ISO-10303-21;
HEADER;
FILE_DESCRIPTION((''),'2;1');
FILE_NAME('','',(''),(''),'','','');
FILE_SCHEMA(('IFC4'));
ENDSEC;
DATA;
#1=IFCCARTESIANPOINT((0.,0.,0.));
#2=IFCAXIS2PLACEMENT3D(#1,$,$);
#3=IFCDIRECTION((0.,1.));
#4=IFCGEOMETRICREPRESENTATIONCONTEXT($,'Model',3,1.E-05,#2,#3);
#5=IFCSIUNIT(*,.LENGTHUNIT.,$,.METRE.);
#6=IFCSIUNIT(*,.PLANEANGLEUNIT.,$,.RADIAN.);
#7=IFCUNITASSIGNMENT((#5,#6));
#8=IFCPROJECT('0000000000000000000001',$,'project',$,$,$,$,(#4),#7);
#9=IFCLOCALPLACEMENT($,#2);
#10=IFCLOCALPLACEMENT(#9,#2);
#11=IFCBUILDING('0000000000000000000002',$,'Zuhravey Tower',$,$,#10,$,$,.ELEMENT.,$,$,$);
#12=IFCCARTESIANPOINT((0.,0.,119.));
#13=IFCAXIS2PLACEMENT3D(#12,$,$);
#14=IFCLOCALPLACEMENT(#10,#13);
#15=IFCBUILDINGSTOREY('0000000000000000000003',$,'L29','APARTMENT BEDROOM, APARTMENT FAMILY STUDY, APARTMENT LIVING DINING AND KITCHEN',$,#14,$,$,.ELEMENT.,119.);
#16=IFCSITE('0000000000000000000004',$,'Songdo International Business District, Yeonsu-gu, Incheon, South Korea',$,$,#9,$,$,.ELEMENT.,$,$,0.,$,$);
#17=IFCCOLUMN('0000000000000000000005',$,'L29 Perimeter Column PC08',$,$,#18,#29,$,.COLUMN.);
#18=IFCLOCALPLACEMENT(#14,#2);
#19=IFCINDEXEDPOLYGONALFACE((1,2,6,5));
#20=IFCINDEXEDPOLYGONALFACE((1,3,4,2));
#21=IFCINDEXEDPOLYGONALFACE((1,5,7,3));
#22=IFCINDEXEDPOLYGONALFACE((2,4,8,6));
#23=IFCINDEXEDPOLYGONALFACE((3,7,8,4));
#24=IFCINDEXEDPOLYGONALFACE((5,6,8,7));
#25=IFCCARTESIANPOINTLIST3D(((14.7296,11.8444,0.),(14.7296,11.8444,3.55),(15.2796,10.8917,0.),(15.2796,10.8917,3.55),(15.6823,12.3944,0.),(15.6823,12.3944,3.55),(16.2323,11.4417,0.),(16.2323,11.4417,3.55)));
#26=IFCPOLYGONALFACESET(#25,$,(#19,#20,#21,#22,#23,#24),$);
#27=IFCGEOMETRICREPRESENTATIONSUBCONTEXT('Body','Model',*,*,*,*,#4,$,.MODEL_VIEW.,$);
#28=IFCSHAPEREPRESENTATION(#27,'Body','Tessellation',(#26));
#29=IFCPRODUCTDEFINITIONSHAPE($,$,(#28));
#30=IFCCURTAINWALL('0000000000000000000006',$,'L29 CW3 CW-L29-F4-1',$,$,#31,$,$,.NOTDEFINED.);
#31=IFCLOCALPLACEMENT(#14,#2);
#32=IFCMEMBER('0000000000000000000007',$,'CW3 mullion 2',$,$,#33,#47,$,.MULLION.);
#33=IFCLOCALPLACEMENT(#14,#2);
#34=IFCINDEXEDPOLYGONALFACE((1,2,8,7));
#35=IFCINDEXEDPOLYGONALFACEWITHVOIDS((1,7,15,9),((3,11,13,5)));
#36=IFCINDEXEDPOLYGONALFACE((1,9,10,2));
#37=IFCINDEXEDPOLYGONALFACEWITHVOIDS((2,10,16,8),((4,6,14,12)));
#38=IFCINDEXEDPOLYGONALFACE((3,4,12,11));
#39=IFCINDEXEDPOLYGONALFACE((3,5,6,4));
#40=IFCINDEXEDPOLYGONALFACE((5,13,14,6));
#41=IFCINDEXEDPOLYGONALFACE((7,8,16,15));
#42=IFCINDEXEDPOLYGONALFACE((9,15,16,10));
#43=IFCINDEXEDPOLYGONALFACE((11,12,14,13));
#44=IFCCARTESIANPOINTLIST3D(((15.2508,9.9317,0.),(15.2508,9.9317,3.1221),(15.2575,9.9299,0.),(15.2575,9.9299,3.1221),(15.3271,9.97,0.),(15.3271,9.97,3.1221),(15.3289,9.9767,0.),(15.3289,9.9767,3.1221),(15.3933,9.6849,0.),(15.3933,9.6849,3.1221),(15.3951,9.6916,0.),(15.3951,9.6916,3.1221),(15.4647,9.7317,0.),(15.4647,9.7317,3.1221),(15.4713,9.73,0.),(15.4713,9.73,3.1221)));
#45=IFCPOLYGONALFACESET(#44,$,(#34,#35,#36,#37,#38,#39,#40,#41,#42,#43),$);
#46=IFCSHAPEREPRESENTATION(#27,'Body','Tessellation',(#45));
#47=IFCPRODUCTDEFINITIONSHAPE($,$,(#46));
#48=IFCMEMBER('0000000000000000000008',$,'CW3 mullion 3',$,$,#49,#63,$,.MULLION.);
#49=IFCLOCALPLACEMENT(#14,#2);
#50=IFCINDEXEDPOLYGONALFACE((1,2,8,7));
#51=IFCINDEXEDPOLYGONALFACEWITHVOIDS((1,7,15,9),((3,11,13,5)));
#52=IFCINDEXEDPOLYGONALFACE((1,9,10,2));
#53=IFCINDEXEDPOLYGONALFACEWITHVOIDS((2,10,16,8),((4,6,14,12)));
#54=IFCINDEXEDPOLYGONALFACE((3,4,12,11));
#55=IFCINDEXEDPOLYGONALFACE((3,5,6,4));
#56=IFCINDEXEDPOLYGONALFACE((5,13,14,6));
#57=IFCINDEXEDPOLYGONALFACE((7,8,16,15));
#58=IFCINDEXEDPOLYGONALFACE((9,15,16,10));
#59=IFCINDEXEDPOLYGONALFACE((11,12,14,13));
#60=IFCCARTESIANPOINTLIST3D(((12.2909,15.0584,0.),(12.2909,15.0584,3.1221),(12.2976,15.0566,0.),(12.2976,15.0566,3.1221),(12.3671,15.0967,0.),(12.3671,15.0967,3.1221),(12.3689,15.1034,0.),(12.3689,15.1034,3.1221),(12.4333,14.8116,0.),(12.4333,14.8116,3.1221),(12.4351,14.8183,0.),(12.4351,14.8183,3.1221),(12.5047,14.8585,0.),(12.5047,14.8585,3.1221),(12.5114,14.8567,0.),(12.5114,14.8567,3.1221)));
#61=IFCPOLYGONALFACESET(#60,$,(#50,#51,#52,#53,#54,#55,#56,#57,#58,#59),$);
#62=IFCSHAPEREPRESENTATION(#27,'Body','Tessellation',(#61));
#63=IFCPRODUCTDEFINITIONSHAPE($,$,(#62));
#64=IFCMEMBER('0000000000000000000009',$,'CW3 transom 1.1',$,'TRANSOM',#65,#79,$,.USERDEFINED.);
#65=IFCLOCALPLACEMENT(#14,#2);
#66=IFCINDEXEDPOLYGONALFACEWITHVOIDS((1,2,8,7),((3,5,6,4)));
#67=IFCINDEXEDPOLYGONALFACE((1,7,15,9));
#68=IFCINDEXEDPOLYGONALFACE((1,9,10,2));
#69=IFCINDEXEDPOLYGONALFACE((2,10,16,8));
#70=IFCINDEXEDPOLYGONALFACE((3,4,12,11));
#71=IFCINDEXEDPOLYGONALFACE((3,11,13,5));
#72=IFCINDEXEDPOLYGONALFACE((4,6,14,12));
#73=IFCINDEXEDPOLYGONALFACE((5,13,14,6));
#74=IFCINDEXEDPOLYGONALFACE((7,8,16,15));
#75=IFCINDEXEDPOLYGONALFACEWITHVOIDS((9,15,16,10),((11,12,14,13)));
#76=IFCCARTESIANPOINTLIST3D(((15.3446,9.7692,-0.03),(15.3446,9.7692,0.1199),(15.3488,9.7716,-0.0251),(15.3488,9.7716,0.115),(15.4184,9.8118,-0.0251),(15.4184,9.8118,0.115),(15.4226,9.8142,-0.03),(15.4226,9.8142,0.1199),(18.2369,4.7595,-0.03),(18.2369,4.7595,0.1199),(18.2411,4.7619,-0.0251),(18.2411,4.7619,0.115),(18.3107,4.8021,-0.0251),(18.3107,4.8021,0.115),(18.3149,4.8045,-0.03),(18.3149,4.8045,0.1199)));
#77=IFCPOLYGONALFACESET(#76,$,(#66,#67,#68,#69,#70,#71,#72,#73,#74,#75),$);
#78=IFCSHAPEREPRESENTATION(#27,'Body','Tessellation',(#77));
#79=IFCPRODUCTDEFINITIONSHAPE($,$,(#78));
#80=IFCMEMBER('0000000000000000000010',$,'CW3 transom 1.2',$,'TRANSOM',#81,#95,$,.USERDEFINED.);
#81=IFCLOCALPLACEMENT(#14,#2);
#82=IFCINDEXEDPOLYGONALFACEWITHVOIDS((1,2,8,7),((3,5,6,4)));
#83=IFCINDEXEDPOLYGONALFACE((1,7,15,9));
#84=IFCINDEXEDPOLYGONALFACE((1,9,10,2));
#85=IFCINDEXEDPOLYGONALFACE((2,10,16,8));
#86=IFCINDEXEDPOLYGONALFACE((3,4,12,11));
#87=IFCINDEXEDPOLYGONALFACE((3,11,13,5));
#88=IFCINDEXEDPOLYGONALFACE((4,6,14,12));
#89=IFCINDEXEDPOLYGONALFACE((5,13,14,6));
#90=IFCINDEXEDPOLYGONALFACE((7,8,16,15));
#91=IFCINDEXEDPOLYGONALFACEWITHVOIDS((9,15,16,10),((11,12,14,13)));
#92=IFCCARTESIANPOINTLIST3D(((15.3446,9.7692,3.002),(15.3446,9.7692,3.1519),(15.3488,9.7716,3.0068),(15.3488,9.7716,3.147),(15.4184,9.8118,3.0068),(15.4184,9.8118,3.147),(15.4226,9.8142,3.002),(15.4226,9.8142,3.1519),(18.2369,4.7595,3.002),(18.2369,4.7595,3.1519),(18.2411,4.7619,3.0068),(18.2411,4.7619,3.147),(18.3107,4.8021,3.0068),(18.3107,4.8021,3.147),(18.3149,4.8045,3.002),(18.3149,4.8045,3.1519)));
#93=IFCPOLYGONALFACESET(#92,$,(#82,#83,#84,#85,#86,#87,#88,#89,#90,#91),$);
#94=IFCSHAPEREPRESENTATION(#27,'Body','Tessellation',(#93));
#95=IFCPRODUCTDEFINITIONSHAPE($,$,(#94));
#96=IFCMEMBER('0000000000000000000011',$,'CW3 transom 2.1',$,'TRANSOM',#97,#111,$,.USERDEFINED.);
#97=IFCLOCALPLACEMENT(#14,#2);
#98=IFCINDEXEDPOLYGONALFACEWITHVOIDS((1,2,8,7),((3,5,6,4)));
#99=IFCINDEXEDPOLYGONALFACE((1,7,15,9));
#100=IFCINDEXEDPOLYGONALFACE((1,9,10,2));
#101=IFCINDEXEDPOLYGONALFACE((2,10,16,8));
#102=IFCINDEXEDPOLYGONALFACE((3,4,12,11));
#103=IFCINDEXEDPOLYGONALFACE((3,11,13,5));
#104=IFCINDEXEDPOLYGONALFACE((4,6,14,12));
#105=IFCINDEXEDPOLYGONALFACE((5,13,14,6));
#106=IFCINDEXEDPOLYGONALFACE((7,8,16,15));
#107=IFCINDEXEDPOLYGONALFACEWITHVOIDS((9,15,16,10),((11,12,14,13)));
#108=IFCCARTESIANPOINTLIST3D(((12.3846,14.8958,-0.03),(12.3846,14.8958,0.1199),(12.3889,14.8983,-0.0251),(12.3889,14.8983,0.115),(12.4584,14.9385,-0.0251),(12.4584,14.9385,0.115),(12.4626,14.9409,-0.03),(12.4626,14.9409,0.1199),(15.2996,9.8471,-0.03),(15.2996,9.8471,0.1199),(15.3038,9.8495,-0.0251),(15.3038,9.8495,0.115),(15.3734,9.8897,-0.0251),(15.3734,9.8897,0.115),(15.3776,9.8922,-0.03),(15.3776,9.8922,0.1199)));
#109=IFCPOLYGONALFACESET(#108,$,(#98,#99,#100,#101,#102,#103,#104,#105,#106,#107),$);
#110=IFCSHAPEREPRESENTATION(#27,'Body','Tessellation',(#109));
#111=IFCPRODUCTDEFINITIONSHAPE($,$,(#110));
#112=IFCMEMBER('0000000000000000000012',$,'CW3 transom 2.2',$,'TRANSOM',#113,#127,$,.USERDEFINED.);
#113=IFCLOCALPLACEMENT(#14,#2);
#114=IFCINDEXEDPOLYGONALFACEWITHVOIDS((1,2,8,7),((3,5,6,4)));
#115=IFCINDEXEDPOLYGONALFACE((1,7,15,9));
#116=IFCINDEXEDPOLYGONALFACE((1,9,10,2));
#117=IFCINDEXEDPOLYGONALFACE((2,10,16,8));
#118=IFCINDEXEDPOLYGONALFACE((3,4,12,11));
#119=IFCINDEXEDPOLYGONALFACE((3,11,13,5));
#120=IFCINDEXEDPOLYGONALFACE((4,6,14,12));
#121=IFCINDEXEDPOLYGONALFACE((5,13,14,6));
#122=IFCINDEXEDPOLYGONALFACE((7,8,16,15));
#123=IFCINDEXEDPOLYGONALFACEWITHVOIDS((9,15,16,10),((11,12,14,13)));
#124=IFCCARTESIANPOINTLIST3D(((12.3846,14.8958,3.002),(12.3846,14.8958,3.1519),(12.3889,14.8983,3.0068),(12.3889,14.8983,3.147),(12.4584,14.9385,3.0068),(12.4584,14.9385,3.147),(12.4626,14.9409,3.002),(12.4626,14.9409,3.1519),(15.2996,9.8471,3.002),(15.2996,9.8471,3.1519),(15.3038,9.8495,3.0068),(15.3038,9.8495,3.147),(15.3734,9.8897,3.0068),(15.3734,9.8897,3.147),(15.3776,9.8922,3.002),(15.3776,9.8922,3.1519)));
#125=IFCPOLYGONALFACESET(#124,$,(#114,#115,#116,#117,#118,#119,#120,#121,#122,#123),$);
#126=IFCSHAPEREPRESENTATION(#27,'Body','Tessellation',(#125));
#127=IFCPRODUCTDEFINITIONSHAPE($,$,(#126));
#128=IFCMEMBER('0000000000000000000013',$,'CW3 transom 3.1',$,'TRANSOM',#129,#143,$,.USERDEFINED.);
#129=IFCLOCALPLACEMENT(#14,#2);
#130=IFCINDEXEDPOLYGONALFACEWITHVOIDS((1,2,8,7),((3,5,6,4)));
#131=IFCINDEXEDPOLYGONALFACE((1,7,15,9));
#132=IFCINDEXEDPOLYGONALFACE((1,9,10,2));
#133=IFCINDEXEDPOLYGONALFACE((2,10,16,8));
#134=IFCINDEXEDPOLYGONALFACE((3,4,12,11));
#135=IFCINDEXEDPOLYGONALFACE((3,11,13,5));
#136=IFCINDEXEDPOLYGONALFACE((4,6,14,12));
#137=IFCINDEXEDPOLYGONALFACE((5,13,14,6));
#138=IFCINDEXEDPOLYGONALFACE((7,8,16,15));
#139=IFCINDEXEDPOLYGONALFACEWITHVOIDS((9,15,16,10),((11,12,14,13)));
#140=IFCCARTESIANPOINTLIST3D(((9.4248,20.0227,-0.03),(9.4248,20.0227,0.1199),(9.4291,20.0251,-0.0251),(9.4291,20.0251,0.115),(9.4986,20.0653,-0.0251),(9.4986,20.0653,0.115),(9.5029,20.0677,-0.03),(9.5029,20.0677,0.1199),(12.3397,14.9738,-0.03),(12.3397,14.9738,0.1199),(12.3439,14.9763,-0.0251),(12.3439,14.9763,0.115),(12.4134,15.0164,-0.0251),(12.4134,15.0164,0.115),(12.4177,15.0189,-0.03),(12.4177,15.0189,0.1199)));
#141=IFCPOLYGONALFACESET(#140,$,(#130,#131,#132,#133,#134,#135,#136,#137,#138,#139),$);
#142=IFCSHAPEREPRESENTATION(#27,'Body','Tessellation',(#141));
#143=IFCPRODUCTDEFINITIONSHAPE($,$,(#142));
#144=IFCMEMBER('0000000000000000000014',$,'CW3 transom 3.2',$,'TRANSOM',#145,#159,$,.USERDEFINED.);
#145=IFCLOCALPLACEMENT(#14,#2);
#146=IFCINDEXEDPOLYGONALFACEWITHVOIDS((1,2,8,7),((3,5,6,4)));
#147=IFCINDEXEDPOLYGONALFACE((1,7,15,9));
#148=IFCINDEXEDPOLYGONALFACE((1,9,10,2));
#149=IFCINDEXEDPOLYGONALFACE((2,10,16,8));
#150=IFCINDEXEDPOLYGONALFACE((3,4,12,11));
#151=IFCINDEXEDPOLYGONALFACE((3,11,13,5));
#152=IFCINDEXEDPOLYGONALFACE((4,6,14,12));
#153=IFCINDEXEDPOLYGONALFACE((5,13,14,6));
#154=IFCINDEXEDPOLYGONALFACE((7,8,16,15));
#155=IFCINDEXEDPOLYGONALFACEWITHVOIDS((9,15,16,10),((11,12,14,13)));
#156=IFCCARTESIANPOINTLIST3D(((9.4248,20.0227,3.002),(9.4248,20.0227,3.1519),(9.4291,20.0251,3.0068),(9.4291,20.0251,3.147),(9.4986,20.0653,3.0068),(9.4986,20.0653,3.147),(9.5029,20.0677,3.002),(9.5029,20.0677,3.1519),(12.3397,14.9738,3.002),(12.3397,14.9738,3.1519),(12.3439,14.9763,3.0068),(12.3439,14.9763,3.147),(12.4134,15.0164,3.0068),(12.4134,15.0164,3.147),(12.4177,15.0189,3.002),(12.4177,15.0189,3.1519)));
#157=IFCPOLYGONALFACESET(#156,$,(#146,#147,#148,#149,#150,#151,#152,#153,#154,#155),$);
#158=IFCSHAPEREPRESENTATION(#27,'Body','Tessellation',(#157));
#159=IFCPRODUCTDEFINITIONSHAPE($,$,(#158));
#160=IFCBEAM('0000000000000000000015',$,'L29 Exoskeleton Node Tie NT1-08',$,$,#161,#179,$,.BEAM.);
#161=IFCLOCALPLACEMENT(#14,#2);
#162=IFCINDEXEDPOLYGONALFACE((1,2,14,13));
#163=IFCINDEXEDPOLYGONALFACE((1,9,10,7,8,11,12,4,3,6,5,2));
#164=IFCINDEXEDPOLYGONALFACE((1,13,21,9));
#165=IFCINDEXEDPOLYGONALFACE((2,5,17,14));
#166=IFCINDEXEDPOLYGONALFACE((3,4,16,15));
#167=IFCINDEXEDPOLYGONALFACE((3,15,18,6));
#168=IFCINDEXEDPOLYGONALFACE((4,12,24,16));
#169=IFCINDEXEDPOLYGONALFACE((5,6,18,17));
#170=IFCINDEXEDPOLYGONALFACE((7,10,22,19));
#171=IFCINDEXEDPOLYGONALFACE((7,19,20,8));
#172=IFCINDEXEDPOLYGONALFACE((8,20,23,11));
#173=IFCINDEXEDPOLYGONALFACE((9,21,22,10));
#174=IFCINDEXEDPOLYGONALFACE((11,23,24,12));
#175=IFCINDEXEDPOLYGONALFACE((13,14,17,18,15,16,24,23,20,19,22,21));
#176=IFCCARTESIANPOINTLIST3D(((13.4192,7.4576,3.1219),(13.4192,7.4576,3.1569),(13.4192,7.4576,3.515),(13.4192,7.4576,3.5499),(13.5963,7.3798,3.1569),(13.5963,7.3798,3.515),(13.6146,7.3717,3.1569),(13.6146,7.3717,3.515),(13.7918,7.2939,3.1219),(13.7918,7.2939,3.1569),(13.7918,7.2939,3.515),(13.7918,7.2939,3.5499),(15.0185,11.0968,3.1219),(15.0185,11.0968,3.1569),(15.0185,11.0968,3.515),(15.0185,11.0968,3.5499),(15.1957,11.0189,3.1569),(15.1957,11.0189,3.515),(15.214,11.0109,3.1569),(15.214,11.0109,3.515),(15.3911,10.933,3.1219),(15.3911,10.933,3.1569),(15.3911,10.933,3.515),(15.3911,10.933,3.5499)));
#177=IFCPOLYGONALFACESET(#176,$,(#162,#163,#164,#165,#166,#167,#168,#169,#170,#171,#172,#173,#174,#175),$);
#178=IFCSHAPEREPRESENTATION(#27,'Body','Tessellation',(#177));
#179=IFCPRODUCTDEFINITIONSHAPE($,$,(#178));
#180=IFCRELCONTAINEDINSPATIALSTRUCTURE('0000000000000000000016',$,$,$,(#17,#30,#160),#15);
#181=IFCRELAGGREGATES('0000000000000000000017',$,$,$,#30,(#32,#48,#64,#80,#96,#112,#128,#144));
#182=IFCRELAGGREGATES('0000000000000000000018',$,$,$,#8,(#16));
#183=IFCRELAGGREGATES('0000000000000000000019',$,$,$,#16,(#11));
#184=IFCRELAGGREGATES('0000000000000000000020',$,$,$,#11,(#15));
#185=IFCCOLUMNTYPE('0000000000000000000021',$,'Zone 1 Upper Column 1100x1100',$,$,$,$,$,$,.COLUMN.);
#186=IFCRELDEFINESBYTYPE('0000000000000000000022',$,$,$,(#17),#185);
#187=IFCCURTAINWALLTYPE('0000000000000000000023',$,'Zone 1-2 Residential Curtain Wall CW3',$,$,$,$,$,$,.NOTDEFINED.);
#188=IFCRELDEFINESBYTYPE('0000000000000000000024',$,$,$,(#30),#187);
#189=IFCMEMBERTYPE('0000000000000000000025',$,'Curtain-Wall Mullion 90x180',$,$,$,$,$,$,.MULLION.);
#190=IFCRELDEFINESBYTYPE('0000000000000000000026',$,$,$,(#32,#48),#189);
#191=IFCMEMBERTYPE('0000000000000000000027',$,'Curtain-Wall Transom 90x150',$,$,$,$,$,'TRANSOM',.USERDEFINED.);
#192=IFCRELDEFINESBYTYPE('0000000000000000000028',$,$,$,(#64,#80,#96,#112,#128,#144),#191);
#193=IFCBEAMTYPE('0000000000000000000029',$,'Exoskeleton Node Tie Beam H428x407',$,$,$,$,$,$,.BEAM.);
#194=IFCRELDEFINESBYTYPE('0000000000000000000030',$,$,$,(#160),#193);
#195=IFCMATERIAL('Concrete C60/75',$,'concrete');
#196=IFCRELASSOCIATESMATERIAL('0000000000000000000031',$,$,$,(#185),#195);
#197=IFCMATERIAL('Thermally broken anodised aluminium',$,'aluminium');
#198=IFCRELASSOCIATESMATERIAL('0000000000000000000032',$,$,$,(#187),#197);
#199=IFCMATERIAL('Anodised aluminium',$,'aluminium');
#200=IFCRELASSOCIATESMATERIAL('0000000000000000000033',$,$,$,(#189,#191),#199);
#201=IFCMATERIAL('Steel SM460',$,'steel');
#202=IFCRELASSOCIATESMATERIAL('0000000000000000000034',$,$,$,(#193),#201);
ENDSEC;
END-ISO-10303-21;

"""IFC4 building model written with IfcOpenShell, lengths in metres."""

from ifc_helpers import new_model, si_unit, direction, frame, origin, origin_2d, place, context, subcontext, project, spatial, rectangle, hollow_rectangle, i_section, extrude, material, material_profile, profile_set, type_object, element, aggregate, save


model = new_model("IFC4")

# Units and contexts
model_context = context("Model", 3, precision=1e-05, world=origin(), true_north=direction((0.0, 1.0)))
body_context = subcontext(model_context, "Body", "Model", "MODEL_VIEW")
ifc_project = project(units=[si_unit("LENGTHUNIT", "METRE"), si_unit("PLANEANGLEUNIT", "RADIAN")], contexts=[model_context])

# Site, building, storey
site_placement = place(None, origin())
site = spatial("IfcSite", under=ifc_project, at=site_placement, Name="Songdo International Business District, Yeonsu-gu, Incheon, South Korea", CompositionType="ELEMENT", RefElevation=0.0)
building_placement = place(site_placement, origin())
building = spatial("IfcBuilding", under=site, at=building_placement, Name="Zuhravey Tower", CompositionType="ELEMENT")
storey_placement = place(building_placement, frame((0.0, 0.0, 119.0)))
storey = spatial("IfcBuildingStorey", under=building, at=storey_placement, Name="L29", Description="APARTMENT BEDROOM, APARTMENT FAMILY STUDY, APARTMENT LIVING DINING AND KITCHEN", CompositionType="ELEMENT", Elevation=119.0)

# Column
ifc_material_1 = material(Name="Concrete C60/75", Category="concrete")
ifc_material_profile_1 = material_profile(ifc_material_1, rectangle(XDim=1.1001, YDim=1.1001, at=origin_2d()), Name="RC-1100x1100")
ifc_profile_set_1 = profile_set([ifc_material_profile_1], Name="Concrete C60/75")
column_type = type_object("IfcColumnType", Name="Zone 1 Upper Column 1100x1100", PredefinedType="COLUMN", material=ifc_profile_set_1)
column_placement = place(storey_placement, frame((15.481, 11.6431, 0.0), z_axis=(0.0, 0.0, 1.0), x_axis=(0.5, -0.866025, 0.0)))
element("IfcColumn", 1, at=column_placement, inside=storey, type_object=column_type, Name="L29 Perimeter Column PC08", PredefinedType="COLUMN", context=body_context, shape_type="SweptSolid", body=[
    extrude(rectangle(XDim=1.1001, YDim=1.1001, at=origin_2d()), origin(), (0.0, 0.0, 1.0), 3.55),
])

# Curtain wall, members
ifc_material_2 = material(Name="Thermally broken anodised aluminium", Category="aluminium")
curtain_wall_type = type_object("IfcCurtainWallType", Name="Zone 1-2 Residential Curtain Wall CW3", PredefinedType="NOTDEFINED", material=ifc_material_2)
curtain_wall_placement = place(storey_placement, origin())
curtain_wall = element("IfcCurtainWall", 2, at=curtain_wall_placement, inside=storey, type_object=curtain_wall_type, Name="L29 CW3 CW-L29-F4-1", PredefinedType="NOTDEFINED")
ifc_material_3 = material(Name="Anodised aluminium", Category="aluminium")
ifc_material_profile_2 = material_profile(ifc_material_3, hollow_rectangle(XDim=0.0901, YDim=0.2849, WallThickness=0.0049, at=origin_2d()), Name="ALU-RHS-90x285x5")
ifc_profile_set_2 = profile_set([ifc_material_profile_2], Name="Anodised aluminium")
member_type_1 = type_object("IfcMemberType", Name="Curtain-Wall Mullion 90x180", PredefinedType="MULLION", material=ifc_profile_set_2)
member_1_placement = place(storey_placement, frame((15.3611, 9.8308, 0.0), z_axis=(0.0, 0.0, 1.0), x_axis=(-0.866026, -0.5, 0.0)))
member_1 = element("IfcMember", 3, at=member_1_placement, type_object=member_type_1, Name="CW3 mullion 2", PredefinedType="MULLION", context=body_context, shape_type="SweptSolid", body=[
    extrude(hollow_rectangle(XDim=0.0901, YDim=0.2849, WallThickness=0.0049, at=origin_2d()), origin(), (0.0, 0.0, 1.0), 3.1221),
])
member_2_placement = place(storey_placement, frame((12.4011, 14.9575, 0.0), z_axis=(0.0, 0.0, 1.0), x_axis=(-0.866026, -0.5, 0.0)))
member_2 = element("IfcMember", 4, at=member_2_placement, type_object=member_type_1, Name="CW3 mullion 3", PredefinedType="MULLION", context=body_context, shape_type="SweptSolid", body=[
    extrude(hollow_rectangle(XDim=0.0901, YDim=0.2849, WallThickness=0.0049, at=origin_2d()), origin(), (0.0, 0.0, 1.0), 3.1221),
])
ifc_material_profile_3 = material_profile(ifc_material_3, hollow_rectangle(XDim=0.0901, YDim=0.1499, WallThickness=0.0049, at=origin_2d()), Name="ALU-RHS-90x150x5")
ifc_profile_set_3 = profile_set([ifc_material_profile_3], Name="Anodised aluminium")
member_type_2 = type_object("IfcMemberType", Name="Curtain-Wall Transom 90x150", ElementType="TRANSOM", PredefinedType="USERDEFINED", material=ifc_profile_set_3)
member_3_placement = place(storey_placement, frame((18.2759, 4.782, 0.0449), z_axis=(-0.499993, 0.86603, 0.0), x_axis=(-0.86603, -0.499993, 0.0)))
member_3 = element("IfcMember", 5, at=member_3_placement, type_object=member_type_2, Name="CW3 transom 1.1", ObjectType="TRANSOM", PredefinedType="USERDEFINED", context=body_context, shape_type="SweptSolid", body=[
    extrude(hollow_rectangle(XDim=0.0901, YDim=0.1499, WallThickness=0.0049, at=origin_2d()), origin(), (0.0, 0.0, 1.0), 5.7847),
])
member_4_placement = place(storey_placement, frame((18.2759, 4.782, 3.0769), z_axis=(-0.499993, 0.86603, 0.0), x_axis=(-0.86603, -0.499993, 0.0)))
member_4 = element("IfcMember", 6, at=member_4_placement, type_object=member_type_2, Name="CW3 transom 1.2", ObjectType="TRANSOM", PredefinedType="USERDEFINED", context=body_context, shape_type="SweptSolid", body=[
    extrude(hollow_rectangle(XDim=0.0901, YDim=0.1499, WallThickness=0.0049, at=origin_2d()), origin(), (0.0, 0.0, 1.0), 5.7847),
])
member_5_placement = place(storey_placement, frame((15.3386, 9.8696, 0.0449), z_axis=(-0.500012, 0.866018, 0.0), x_axis=(-0.866018, -0.500012, 0.0)))
member_5 = element("IfcMember", 7, at=member_5_placement, type_object=member_type_2, Name="CW3 transom 2.1", ObjectType="TRANSOM", PredefinedType="USERDEFINED", context=body_context, shape_type="SweptSolid", body=[
    extrude(hollow_rectangle(XDim=0.0901, YDim=0.1499, WallThickness=0.0049, at=origin_2d()), origin(), (0.0, 0.0, 1.0), 5.8298),
])
member_6_placement = place(storey_placement, frame((15.3386, 9.8696, 3.0769), z_axis=(-0.500012, 0.866018, 0.0), x_axis=(-0.866018, -0.500012, 0.0)))
member_6 = element("IfcMember", 8, at=member_6_placement, type_object=member_type_2, Name="CW3 transom 2.2", ObjectType="TRANSOM", PredefinedType="USERDEFINED", context=body_context, shape_type="SweptSolid", body=[
    extrude(hollow_rectangle(XDim=0.0901, YDim=0.1499, WallThickness=0.0049, at=origin_2d()), origin(), (0.0, 0.0, 1.0), 5.8298),
])
member_7_placement = place(storey_placement, frame((12.3787, 14.9963, 0.0449), z_axis=(-0.499981, 0.866036, 0.0), x_axis=(-0.866036, -0.499981, 0.0)))
member_7 = element("IfcMember", 9, at=member_7_placement, type_object=member_type_2, Name="CW3 transom 3.1", ObjectType="TRANSOM", PredefinedType="USERDEFINED", context=body_context, shape_type="SweptSolid", body=[
    extrude(hollow_rectangle(XDim=0.0901, YDim=0.1499, WallThickness=0.0049, at=origin_2d()), origin(), (0.0, 0.0, 1.0), 5.8298),
])
member_8_placement = place(storey_placement, frame((12.3787, 14.9963, 3.0769), z_axis=(-0.499981, 0.866036, 0.0), x_axis=(-0.866036, -0.499981, 0.0)))
member_8 = element("IfcMember", 10, at=member_8_placement, type_object=member_type_2, Name="CW3 transom 3.2", ObjectType="TRANSOM", PredefinedType="USERDEFINED", context=body_context, shape_type="SweptSolid", body=[
    extrude(hollow_rectangle(XDim=0.0901, YDim=0.1499, WallThickness=0.0049, at=origin_2d()), origin(), (0.0, 0.0, 1.0), 5.8298),
])

# Beam
ifc_material_4 = material(Name="Steel SM460", Category="steel")
ifc_material_profile_4 = material_profile(ifc_material_4, i_section(OverallWidth=0.407, OverallDepth=0.428, WebThickness=0.02, FlangeThickness=0.0349, at=origin_2d()), Name="H-428x407x20x35")
ifc_profile_set_4 = profile_set([ifc_material_profile_4], Name="Steel SM460")
beam_type_1 = type_object("IfcBeamType", Name="Exoskeleton Node Tie Beam H428x407", PredefinedType="BEAM", material=ifc_profile_set_4)
beam_1_placement = place(storey_placement, frame((15.2048, 11.0149, 3.3359), z_axis=(-0.402345, -0.915488, 0.0), x_axis=(0.915488, -0.402345, 0.0)))
element("IfcBeam", 11, at=beam_1_placement, inside=storey, type_object=beam_type_1, Name="L29 Exoskeleton Node Tie NT1-08", PredefinedType="BEAM", context=body_context, shape_type="SweptSolid", body=[
    extrude(i_section(OverallWidth=0.407, OverallDepth=0.428, WebThickness=0.02, FlangeThickness=0.0349, at=origin_2d()), origin(), (0.0, 0.0, 1.0), 3.9751),
])

aggregate(curtain_wall, [member_1, member_2, member_3, member_4, member_5, member_6, member_7, member_8])

save(model, "model.ifc")
